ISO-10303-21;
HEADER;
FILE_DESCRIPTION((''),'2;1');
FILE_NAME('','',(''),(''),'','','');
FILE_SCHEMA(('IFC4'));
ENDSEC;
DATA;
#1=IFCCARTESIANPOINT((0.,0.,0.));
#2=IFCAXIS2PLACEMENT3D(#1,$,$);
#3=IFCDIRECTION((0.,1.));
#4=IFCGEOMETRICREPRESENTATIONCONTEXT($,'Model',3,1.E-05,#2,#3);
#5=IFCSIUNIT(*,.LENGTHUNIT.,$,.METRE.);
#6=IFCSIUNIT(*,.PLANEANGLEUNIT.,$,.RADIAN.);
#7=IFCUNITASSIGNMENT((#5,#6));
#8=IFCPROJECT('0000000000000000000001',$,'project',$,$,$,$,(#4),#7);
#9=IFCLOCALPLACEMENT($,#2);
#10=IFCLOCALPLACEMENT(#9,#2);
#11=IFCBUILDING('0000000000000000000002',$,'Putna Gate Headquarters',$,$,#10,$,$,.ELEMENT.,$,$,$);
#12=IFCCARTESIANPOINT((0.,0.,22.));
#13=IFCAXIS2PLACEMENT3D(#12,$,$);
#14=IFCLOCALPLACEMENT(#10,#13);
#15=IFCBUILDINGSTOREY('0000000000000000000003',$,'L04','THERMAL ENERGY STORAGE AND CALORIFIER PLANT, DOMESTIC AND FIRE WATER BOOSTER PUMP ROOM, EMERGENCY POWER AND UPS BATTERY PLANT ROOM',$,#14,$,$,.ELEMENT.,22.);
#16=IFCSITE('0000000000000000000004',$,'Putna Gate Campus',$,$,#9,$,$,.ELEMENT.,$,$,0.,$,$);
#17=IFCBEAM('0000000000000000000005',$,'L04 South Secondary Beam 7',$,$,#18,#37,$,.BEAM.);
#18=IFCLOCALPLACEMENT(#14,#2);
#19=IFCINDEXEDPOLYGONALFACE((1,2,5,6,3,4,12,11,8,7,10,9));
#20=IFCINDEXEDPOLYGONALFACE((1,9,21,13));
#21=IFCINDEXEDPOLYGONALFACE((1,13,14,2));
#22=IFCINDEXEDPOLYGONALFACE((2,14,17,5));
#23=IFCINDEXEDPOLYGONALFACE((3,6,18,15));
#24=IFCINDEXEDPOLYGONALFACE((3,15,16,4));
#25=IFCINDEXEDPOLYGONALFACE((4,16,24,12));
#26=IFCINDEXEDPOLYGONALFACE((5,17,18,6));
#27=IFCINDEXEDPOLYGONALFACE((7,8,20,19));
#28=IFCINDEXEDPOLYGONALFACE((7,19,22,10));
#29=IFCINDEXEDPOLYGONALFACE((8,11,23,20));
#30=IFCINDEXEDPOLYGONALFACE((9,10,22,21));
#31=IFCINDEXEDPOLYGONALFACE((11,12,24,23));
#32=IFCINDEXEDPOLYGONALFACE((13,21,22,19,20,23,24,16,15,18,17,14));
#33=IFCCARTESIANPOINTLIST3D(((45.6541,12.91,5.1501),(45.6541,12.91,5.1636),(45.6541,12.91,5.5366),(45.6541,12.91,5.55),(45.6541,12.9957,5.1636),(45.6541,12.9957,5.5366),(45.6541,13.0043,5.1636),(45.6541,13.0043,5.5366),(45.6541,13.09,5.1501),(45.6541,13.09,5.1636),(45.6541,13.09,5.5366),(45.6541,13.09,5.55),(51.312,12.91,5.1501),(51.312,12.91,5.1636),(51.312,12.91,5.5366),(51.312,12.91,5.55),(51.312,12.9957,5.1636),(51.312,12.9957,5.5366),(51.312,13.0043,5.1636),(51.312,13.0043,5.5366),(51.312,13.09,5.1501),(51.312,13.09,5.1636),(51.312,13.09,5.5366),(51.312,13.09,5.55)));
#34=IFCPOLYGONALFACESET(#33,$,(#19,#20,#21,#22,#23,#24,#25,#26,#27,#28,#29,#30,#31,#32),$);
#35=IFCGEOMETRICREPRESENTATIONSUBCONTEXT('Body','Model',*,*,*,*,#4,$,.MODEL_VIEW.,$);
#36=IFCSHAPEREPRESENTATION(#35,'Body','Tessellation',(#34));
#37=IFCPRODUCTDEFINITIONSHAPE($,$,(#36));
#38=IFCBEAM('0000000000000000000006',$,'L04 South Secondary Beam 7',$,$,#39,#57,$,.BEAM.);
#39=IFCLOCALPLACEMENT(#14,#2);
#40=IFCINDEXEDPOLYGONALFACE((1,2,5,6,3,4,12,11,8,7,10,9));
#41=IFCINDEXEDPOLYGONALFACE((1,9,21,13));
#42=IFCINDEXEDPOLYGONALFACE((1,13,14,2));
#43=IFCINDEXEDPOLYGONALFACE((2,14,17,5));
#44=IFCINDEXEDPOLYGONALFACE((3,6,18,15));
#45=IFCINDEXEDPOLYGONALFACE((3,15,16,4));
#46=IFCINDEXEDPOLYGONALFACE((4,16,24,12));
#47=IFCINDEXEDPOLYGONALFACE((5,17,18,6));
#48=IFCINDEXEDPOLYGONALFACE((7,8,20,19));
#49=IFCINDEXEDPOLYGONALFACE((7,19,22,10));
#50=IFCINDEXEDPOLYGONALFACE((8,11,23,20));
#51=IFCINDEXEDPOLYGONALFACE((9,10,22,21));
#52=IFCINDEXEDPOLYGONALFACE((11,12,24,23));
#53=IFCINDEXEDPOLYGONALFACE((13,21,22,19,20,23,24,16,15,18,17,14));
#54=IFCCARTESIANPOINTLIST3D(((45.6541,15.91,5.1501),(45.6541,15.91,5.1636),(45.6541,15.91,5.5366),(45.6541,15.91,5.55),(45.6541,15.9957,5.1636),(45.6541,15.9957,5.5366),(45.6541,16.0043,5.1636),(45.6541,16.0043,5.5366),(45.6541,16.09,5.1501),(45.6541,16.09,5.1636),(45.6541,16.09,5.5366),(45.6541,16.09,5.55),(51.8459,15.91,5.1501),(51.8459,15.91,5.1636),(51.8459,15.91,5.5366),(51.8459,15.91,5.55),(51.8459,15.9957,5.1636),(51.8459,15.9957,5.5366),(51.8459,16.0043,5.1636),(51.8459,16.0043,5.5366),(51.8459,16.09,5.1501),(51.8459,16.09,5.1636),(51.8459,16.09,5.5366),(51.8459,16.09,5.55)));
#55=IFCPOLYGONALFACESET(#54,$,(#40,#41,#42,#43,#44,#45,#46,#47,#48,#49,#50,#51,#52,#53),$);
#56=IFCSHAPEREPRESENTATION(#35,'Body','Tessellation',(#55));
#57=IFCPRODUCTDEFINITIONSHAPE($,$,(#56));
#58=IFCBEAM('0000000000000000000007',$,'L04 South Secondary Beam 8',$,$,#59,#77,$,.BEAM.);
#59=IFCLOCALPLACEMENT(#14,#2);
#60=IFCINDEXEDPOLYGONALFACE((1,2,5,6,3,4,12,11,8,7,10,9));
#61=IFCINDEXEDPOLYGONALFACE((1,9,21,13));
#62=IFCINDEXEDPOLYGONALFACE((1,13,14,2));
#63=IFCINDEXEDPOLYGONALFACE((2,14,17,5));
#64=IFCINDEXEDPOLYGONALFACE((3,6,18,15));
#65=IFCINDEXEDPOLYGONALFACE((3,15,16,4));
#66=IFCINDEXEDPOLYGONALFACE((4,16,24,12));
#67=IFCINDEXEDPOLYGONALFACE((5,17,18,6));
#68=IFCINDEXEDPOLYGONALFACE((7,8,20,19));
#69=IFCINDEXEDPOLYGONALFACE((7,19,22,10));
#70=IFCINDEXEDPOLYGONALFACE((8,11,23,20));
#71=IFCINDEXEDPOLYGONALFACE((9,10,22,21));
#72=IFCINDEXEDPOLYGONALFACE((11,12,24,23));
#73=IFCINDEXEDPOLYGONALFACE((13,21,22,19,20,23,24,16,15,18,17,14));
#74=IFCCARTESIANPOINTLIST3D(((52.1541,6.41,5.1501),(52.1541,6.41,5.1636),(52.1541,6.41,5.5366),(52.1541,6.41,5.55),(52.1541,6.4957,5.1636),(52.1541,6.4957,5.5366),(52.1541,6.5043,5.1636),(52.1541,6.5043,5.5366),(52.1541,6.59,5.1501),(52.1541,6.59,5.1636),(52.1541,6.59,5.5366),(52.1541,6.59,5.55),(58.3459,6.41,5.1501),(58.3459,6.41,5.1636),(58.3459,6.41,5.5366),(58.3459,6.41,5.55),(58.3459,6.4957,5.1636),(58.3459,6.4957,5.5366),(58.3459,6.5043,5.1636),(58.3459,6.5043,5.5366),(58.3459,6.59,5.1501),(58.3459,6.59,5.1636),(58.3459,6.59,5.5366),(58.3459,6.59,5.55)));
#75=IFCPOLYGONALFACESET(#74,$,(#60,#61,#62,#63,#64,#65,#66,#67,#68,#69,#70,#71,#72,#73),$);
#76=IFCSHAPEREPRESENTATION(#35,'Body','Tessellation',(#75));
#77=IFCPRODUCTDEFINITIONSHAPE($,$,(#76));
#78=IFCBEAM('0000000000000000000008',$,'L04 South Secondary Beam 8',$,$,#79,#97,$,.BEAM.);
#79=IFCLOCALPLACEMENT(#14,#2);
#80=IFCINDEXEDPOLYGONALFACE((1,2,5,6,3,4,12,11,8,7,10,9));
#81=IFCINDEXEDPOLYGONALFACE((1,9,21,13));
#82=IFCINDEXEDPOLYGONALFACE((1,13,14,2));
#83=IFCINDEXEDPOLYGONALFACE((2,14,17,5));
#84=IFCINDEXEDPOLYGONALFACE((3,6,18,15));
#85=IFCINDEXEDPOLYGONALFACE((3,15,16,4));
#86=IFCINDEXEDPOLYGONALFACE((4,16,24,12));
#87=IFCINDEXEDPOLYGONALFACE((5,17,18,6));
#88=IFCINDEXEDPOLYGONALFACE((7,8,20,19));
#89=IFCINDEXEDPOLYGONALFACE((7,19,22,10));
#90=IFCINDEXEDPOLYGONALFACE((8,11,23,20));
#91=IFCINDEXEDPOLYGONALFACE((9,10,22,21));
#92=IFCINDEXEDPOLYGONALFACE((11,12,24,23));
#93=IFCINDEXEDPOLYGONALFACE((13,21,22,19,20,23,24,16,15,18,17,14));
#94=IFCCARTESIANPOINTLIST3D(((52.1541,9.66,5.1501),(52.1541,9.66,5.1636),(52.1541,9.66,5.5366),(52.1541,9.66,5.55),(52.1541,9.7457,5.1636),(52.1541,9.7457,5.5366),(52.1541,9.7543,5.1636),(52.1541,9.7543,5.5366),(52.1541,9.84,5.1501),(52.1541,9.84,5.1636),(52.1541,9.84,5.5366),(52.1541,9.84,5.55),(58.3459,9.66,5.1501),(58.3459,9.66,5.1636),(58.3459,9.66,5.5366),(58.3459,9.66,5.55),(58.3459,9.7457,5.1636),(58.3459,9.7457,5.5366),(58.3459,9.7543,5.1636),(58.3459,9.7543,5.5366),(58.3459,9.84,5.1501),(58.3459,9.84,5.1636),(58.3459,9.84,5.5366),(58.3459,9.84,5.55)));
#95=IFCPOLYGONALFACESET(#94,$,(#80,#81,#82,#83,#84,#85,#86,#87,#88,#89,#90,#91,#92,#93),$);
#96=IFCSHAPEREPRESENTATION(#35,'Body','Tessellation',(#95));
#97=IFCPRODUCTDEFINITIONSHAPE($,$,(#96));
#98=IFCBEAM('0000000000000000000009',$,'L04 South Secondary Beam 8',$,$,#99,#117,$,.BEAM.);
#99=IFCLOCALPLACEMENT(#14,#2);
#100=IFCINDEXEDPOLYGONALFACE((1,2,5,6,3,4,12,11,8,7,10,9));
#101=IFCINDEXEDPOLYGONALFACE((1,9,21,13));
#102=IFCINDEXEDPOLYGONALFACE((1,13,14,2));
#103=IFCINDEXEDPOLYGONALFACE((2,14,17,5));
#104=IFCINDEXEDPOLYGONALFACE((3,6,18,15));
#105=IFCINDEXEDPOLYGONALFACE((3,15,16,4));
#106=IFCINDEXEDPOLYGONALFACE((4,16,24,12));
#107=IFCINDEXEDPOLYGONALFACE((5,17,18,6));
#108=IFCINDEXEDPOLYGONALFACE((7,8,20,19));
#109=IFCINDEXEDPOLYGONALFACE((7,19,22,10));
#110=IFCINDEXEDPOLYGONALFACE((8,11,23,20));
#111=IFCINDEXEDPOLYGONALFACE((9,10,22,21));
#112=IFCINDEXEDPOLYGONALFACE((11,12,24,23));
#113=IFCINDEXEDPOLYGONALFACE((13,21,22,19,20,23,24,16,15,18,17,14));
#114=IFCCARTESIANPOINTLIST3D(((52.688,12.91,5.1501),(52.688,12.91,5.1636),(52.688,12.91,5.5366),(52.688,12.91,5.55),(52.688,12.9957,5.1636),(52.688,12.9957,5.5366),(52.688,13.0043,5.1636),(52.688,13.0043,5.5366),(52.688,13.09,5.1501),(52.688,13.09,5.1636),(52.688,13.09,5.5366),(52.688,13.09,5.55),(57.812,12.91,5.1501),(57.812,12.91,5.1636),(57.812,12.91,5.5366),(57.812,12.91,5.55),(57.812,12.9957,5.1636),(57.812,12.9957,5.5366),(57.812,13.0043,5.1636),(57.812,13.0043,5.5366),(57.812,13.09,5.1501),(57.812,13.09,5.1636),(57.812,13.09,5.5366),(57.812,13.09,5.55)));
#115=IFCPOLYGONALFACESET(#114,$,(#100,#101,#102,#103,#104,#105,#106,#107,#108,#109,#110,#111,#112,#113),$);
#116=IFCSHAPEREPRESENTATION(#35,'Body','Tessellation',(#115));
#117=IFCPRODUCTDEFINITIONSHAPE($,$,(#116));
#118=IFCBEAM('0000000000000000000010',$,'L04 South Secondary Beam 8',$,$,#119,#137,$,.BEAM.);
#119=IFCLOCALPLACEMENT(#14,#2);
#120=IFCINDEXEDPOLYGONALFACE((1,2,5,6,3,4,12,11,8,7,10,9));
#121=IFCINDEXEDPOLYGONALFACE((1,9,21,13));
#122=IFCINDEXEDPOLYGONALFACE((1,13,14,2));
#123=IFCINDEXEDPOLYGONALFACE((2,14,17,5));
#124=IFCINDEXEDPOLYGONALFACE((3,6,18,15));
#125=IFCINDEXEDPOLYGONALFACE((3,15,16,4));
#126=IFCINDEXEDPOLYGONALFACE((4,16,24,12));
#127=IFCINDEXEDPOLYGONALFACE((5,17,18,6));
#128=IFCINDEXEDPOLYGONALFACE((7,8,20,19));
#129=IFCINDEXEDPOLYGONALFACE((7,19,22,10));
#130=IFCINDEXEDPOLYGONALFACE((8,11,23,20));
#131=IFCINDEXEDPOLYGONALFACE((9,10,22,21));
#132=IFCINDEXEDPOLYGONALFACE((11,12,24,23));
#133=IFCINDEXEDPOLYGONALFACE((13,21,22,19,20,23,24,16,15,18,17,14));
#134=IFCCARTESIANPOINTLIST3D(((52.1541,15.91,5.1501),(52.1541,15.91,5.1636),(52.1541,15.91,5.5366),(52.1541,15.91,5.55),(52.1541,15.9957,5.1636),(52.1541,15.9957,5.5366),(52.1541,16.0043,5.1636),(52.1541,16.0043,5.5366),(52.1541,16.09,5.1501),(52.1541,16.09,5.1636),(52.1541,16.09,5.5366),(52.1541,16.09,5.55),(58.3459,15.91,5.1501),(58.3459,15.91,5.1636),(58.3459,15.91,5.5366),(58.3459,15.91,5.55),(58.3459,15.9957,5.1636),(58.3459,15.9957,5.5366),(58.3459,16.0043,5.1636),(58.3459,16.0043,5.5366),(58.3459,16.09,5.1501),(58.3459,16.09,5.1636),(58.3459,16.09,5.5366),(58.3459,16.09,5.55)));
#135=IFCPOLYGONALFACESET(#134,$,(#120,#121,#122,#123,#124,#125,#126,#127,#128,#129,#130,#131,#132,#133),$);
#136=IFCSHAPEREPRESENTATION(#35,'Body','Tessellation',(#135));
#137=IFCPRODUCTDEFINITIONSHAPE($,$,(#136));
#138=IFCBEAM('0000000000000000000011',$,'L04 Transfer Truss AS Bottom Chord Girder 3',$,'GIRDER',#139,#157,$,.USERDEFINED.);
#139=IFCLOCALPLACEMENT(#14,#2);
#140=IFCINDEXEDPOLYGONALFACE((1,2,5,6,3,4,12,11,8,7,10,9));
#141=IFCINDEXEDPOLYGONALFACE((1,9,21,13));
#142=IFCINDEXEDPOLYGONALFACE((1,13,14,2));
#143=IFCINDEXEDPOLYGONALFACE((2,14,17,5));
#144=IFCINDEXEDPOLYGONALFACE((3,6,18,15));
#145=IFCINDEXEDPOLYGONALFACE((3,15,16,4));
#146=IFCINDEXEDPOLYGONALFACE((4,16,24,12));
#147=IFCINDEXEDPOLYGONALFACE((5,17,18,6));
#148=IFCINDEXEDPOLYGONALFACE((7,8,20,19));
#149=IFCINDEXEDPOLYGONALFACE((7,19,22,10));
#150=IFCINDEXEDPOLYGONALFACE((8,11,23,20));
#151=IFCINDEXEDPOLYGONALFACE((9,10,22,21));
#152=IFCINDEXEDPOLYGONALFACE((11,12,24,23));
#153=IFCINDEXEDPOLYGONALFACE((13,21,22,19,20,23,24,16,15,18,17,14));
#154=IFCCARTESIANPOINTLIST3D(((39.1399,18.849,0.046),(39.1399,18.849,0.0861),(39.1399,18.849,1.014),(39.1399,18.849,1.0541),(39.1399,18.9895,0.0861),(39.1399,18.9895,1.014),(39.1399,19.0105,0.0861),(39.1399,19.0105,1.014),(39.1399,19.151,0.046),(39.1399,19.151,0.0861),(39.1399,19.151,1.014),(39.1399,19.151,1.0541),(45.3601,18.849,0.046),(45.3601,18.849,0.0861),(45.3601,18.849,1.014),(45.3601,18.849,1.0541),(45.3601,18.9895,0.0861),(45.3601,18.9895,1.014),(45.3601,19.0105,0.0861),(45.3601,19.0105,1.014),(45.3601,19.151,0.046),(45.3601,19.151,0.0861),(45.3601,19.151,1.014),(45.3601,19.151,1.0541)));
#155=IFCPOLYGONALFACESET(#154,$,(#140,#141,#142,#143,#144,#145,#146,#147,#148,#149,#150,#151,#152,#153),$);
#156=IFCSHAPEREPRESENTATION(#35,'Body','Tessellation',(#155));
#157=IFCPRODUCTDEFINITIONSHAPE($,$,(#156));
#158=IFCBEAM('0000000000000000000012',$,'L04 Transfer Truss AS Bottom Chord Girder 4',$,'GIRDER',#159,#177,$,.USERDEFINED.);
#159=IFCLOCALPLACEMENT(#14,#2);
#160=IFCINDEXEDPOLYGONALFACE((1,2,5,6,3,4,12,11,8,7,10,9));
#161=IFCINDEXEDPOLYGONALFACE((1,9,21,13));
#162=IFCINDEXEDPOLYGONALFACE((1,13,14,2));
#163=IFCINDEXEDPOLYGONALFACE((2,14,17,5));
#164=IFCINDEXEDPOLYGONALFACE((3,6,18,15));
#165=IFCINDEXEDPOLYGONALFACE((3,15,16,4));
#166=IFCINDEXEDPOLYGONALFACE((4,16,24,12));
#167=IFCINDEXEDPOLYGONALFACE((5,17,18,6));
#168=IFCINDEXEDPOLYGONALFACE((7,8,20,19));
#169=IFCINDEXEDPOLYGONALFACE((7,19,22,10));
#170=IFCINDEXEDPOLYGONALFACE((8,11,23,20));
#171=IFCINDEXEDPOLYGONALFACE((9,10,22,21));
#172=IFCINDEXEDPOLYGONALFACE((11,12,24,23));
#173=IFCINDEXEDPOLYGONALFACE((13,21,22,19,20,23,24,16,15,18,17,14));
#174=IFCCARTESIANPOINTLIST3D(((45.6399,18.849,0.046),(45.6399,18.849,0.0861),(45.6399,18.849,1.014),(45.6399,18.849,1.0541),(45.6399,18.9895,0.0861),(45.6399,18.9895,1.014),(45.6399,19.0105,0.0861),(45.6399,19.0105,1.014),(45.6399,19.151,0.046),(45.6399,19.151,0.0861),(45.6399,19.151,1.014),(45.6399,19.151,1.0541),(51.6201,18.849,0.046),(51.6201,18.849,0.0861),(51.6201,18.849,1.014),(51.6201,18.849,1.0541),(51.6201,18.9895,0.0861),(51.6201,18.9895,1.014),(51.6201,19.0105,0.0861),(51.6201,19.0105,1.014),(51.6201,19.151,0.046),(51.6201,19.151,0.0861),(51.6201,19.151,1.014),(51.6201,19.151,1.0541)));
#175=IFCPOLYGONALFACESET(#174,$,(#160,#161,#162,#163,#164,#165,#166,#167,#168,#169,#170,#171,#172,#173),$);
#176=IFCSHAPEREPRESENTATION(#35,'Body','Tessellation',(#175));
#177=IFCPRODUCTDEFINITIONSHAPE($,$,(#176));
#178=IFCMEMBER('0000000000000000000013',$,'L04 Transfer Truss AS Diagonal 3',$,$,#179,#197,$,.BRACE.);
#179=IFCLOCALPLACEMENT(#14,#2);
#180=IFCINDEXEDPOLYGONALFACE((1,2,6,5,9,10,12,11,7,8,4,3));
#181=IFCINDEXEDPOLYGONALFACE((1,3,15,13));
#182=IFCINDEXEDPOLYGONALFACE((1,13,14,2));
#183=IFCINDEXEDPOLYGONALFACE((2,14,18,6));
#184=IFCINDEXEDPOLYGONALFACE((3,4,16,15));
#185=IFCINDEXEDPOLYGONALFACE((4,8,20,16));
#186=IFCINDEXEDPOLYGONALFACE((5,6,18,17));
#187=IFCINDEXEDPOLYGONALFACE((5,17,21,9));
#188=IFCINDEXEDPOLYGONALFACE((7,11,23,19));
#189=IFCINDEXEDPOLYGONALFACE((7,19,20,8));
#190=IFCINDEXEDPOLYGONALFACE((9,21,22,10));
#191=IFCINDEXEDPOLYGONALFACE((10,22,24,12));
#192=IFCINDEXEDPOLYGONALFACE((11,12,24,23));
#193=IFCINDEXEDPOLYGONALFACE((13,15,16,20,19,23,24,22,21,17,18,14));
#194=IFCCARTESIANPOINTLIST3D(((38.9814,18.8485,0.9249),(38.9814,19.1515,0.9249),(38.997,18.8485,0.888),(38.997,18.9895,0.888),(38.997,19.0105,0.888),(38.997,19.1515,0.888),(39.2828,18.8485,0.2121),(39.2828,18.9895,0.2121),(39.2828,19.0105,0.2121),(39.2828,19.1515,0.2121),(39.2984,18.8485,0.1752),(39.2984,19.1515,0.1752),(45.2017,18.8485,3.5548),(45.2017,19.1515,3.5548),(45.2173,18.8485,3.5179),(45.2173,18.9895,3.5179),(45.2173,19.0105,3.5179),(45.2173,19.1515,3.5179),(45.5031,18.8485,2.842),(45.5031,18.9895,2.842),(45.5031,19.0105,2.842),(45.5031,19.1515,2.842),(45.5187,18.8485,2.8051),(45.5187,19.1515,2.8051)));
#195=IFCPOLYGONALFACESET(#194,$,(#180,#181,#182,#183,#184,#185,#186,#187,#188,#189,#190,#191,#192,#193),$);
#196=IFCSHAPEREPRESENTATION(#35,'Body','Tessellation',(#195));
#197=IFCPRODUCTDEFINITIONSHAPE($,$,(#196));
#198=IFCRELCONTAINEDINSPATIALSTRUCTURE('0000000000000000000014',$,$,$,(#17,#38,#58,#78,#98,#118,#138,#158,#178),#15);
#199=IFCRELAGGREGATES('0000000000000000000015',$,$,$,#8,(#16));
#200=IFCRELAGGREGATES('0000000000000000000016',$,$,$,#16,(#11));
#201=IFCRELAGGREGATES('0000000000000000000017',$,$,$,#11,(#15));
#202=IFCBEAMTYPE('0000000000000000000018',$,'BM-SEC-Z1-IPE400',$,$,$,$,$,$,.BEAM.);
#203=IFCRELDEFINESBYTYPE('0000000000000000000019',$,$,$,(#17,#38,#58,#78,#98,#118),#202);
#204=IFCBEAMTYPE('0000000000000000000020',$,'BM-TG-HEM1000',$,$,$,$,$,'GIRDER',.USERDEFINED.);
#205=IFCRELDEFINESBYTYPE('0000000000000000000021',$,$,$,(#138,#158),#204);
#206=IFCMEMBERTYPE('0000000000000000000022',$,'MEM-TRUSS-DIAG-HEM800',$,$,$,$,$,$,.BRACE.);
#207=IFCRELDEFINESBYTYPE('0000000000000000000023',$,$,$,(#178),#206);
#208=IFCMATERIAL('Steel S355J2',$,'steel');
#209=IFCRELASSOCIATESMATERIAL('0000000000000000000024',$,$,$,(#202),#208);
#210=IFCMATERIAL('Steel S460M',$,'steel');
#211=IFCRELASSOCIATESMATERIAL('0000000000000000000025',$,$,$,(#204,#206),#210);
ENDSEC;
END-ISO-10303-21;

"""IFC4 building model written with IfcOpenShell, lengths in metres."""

from ifc_helpers import new_model, si_unit, direction, frame, origin, origin_2d, place, context, subcontext, project, spatial, i_section, extrude, material, material_profile, profile_set, type_object, element, save


model = new_model("IFC4")

# Units and contexts
model_context = context("Model", 3, precision=1e-05, world=origin(), true_north=direction((0.0, 1.0)))
body_context = subcontext(model_context, "Body", "Model", "MODEL_VIEW")
ifc_project = project(units=[si_unit("LENGTHUNIT", "METRE"), si_unit("PLANEANGLEUNIT", "RADIAN")], contexts=[model_context])

# Site, building, storey
site_placement = place(None, origin())
site = spatial("IfcSite", under=ifc_project, at=site_placement, Name="Putna Gate Campus", CompositionType="ELEMENT", RefElevation=0.0)
building_placement = place(site_placement, origin())
building = spatial("IfcBuilding", under=site, at=building_placement, Name="Putna Gate Headquarters", CompositionType="ELEMENT")
storey_placement = place(building_placement, frame((0.0, 0.0, 22.0)))
storey = spatial("IfcBuildingStorey", under=building, at=storey_placement, Name="L04", Description="THERMAL ENERGY STORAGE AND CALORIFIER PLANT, DOMESTIC AND FIRE WATER BOOSTER PUMP ROOM, EMERGENCY POWER AND UPS BATTERY PLANT ROOM", CompositionType="ELEMENT", Elevation=22.0)

# Shared definitions
ifc_material_1 = material(Name="Steel S460M", Category="steel")

# Beams
ifc_material_2 = material(Name="Steel S355J2", Category="steel")
ifc_material_profile_1 = material_profile(ifc_material_2, i_section(OverallWidth=0.1799, OverallDepth=0.3999, WebThickness=0.0085, FlangeThickness=0.0134, at=origin_2d()), Name="Steel S355J2")
ifc_profile_set_1 = profile_set([ifc_material_profile_1], Name="Steel S355J2")
beam_type_1 = type_object("IfcBeamType", Name="BM-SEC-Z1-IPE400", PredefinedType="BEAM", material=ifc_profile_set_1)
beam_1_placement = place(storey_placement, frame((45.6541, 13.0, 5.3501), z_axis=(1.0, 0.0, 0.0), x_axis=(0.0, 1.0, 0.0)))
element("IfcBeam", 1, at=beam_1_placement, inside=storey, type_object=beam_type_1, Name="L04 South Secondary Beam 7", PredefinedType="BEAM", context=body_context, shape_type="SweptSolid", body=[
    extrude(i_section(OverallWidth=0.1799, OverallDepth=0.3999, WebThickness=0.0085, FlangeThickness=0.0134, at=origin_2d()), origin(), (0.0, 0.0, 1.0), 5.658),
])
for number, where, z_axis, x_axis, name in (
    (2, (45.6541, 16.0, 5.3501), (1.0, 0.0, 0.0), (0.0, 1.0, 0.0), "L04 South Secondary Beam 7"),
    (3, (52.1541, 6.5, 5.3501), (1.0, 0.0, 0.0), (0.0, 1.0, 0.0), "L04 South Secondary Beam 8"),
    (4, (52.1541, 9.75, 5.3501), (1.0, 0.0, 0.0), (0.0, 1.0, 0.0), "L04 South Secondary Beam 8"),
):
    element("IfcBeam", number, at=place(storey_placement, frame(where, z_axis=z_axis, x_axis=x_axis)), inside=storey, type_object=beam_type_1, Name=name, PredefinedType="BEAM", context=body_context, shape_type="SweptSolid", body=[
        extrude(i_section(OverallWidth=0.1799, OverallDepth=0.3999, WebThickness=0.0085, FlangeThickness=0.0134, at=origin_2d()), origin(), (0.0, 0.0, 1.0), 6.1919),
    ])
beam_2_placement = place(storey_placement, frame((52.688, 13.0, 5.3501), z_axis=(1.0, 0.0, 0.0), x_axis=(0.0, 1.0, 0.0)))
element("IfcBeam", 5, at=beam_2_placement, inside=storey, type_object=beam_type_1, Name="L04 South Secondary Beam 8", PredefinedType="BEAM", context=body_context, shape_type="SweptSolid", body=[
    extrude(i_section(OverallWidth=0.1799, OverallDepth=0.3999, WebThickness=0.0085, FlangeThickness=0.0134, at=origin_2d()), origin(), (0.0, 0.0, 1.0), 5.124),
])
beam_3_placement = place(storey_placement, frame((52.1541, 16.0, 5.3501), z_axis=(1.0, 0.0, 0.0), x_axis=(0.0, 1.0, 0.0)))
element("IfcBeam", 6, at=beam_3_placement, inside=storey, type_object=beam_type_1, Name="L04 South Secondary Beam 8", PredefinedType="BEAM", context=body_context, shape_type="SweptSolid", body=[
    extrude(i_section(OverallWidth=0.1799, OverallDepth=0.3999, WebThickness=0.0085, FlangeThickness=0.0134, at=origin_2d()), origin(), (0.0, 0.0, 1.0), 6.1919),
])
ifc_material_profile_2 = material_profile(ifc_material_1, i_section(OverallWidth=0.302, OverallDepth=1.0081, WebThickness=0.021, FlangeThickness=0.04, at=origin_2d()), Name="Steel S460M")
ifc_profile_set_2 = profile_set([ifc_material_profile_2], Name="Steel S460M")
beam_type_2 = type_object("IfcBeamType", Name="BM-TG-HEM1000", ElementType="GIRDER", PredefinedType="USERDEFINED", material=ifc_profile_set_2)
beam_4_placement = place(storey_placement, frame((39.1399, 19.0, 0.55), z_axis=(1.0, 0.0, 0.0), x_axis=(0.0, 1.0, 0.0)))
element("IfcBeam", 7, at=beam_4_placement, inside=storey, type_object=beam_type_2, Name="L04 Transfer Truss AS Bottom Chord Girder 3", ObjectType="GIRDER", PredefinedType="USERDEFINED", context=body_context, shape_type="SweptSolid", body=[
    extrude(i_section(OverallWidth=0.302, OverallDepth=1.0081, WebThickness=0.021, FlangeThickness=0.04, at=origin_2d()), origin(), (0.0, 0.0, 1.0), 6.2202),
])
beam_5_placement = place(storey_placement, frame((45.6399, 19.0, 0.55), z_axis=(1.0, 0.0, 0.0), x_axis=(0.0, 1.0, 0.0)))
element("IfcBeam", 8, at=beam_5_placement, inside=storey, type_object=beam_type_2, Name="L04 Transfer Truss AS Bottom Chord Girder 4", ObjectType="GIRDER", PredefinedType="USERDEFINED", context=body_context, shape_type="SweptSolid", body=[
    extrude(i_section(OverallWidth=0.302, OverallDepth=1.0081, WebThickness=0.021, FlangeThickness=0.04, at=origin_2d()), origin(), (0.0, 0.0, 1.0), 5.9802),
])

# Member
ifc_material_profile_3 = material_profile(ifc_material_1, i_section(OverallWidth=0.303, OverallDepth=0.814, WebThickness=0.021, FlangeThickness=0.04, at=origin_2d()), Name="Steel S460M")
ifc_profile_set_3 = profile_set([ifc_material_profile_3], Name="Steel S460M")
member_type = type_object("IfcMemberType", Name="MEM-TRUSS-DIAG-HEM800", PredefinedType="BRACE", material=ifc_profile_set_3)
member_1_placement = place(storey_placement, frame((39.1399, 19.0, 0.55), z_axis=(0.92106, 0.0, 0.389421), x_axis=(0.0, 1.0, 0.0)))
element("IfcMember", 9, at=member_1_placement, inside=storey, type_object=member_type, Name="L04 Transfer Truss AS Diagonal 3", PredefinedType="BRACE", context=body_context, shape_type="SweptSolid", body=[
    extrude(i_section(OverallWidth=0.303, OverallDepth=0.814, WebThickness=0.021, FlangeThickness=0.04, at=origin_2d()), origin(), (0.0, 0.0, 1.0), 6.7534),
])

save(model, "model.ifc")
